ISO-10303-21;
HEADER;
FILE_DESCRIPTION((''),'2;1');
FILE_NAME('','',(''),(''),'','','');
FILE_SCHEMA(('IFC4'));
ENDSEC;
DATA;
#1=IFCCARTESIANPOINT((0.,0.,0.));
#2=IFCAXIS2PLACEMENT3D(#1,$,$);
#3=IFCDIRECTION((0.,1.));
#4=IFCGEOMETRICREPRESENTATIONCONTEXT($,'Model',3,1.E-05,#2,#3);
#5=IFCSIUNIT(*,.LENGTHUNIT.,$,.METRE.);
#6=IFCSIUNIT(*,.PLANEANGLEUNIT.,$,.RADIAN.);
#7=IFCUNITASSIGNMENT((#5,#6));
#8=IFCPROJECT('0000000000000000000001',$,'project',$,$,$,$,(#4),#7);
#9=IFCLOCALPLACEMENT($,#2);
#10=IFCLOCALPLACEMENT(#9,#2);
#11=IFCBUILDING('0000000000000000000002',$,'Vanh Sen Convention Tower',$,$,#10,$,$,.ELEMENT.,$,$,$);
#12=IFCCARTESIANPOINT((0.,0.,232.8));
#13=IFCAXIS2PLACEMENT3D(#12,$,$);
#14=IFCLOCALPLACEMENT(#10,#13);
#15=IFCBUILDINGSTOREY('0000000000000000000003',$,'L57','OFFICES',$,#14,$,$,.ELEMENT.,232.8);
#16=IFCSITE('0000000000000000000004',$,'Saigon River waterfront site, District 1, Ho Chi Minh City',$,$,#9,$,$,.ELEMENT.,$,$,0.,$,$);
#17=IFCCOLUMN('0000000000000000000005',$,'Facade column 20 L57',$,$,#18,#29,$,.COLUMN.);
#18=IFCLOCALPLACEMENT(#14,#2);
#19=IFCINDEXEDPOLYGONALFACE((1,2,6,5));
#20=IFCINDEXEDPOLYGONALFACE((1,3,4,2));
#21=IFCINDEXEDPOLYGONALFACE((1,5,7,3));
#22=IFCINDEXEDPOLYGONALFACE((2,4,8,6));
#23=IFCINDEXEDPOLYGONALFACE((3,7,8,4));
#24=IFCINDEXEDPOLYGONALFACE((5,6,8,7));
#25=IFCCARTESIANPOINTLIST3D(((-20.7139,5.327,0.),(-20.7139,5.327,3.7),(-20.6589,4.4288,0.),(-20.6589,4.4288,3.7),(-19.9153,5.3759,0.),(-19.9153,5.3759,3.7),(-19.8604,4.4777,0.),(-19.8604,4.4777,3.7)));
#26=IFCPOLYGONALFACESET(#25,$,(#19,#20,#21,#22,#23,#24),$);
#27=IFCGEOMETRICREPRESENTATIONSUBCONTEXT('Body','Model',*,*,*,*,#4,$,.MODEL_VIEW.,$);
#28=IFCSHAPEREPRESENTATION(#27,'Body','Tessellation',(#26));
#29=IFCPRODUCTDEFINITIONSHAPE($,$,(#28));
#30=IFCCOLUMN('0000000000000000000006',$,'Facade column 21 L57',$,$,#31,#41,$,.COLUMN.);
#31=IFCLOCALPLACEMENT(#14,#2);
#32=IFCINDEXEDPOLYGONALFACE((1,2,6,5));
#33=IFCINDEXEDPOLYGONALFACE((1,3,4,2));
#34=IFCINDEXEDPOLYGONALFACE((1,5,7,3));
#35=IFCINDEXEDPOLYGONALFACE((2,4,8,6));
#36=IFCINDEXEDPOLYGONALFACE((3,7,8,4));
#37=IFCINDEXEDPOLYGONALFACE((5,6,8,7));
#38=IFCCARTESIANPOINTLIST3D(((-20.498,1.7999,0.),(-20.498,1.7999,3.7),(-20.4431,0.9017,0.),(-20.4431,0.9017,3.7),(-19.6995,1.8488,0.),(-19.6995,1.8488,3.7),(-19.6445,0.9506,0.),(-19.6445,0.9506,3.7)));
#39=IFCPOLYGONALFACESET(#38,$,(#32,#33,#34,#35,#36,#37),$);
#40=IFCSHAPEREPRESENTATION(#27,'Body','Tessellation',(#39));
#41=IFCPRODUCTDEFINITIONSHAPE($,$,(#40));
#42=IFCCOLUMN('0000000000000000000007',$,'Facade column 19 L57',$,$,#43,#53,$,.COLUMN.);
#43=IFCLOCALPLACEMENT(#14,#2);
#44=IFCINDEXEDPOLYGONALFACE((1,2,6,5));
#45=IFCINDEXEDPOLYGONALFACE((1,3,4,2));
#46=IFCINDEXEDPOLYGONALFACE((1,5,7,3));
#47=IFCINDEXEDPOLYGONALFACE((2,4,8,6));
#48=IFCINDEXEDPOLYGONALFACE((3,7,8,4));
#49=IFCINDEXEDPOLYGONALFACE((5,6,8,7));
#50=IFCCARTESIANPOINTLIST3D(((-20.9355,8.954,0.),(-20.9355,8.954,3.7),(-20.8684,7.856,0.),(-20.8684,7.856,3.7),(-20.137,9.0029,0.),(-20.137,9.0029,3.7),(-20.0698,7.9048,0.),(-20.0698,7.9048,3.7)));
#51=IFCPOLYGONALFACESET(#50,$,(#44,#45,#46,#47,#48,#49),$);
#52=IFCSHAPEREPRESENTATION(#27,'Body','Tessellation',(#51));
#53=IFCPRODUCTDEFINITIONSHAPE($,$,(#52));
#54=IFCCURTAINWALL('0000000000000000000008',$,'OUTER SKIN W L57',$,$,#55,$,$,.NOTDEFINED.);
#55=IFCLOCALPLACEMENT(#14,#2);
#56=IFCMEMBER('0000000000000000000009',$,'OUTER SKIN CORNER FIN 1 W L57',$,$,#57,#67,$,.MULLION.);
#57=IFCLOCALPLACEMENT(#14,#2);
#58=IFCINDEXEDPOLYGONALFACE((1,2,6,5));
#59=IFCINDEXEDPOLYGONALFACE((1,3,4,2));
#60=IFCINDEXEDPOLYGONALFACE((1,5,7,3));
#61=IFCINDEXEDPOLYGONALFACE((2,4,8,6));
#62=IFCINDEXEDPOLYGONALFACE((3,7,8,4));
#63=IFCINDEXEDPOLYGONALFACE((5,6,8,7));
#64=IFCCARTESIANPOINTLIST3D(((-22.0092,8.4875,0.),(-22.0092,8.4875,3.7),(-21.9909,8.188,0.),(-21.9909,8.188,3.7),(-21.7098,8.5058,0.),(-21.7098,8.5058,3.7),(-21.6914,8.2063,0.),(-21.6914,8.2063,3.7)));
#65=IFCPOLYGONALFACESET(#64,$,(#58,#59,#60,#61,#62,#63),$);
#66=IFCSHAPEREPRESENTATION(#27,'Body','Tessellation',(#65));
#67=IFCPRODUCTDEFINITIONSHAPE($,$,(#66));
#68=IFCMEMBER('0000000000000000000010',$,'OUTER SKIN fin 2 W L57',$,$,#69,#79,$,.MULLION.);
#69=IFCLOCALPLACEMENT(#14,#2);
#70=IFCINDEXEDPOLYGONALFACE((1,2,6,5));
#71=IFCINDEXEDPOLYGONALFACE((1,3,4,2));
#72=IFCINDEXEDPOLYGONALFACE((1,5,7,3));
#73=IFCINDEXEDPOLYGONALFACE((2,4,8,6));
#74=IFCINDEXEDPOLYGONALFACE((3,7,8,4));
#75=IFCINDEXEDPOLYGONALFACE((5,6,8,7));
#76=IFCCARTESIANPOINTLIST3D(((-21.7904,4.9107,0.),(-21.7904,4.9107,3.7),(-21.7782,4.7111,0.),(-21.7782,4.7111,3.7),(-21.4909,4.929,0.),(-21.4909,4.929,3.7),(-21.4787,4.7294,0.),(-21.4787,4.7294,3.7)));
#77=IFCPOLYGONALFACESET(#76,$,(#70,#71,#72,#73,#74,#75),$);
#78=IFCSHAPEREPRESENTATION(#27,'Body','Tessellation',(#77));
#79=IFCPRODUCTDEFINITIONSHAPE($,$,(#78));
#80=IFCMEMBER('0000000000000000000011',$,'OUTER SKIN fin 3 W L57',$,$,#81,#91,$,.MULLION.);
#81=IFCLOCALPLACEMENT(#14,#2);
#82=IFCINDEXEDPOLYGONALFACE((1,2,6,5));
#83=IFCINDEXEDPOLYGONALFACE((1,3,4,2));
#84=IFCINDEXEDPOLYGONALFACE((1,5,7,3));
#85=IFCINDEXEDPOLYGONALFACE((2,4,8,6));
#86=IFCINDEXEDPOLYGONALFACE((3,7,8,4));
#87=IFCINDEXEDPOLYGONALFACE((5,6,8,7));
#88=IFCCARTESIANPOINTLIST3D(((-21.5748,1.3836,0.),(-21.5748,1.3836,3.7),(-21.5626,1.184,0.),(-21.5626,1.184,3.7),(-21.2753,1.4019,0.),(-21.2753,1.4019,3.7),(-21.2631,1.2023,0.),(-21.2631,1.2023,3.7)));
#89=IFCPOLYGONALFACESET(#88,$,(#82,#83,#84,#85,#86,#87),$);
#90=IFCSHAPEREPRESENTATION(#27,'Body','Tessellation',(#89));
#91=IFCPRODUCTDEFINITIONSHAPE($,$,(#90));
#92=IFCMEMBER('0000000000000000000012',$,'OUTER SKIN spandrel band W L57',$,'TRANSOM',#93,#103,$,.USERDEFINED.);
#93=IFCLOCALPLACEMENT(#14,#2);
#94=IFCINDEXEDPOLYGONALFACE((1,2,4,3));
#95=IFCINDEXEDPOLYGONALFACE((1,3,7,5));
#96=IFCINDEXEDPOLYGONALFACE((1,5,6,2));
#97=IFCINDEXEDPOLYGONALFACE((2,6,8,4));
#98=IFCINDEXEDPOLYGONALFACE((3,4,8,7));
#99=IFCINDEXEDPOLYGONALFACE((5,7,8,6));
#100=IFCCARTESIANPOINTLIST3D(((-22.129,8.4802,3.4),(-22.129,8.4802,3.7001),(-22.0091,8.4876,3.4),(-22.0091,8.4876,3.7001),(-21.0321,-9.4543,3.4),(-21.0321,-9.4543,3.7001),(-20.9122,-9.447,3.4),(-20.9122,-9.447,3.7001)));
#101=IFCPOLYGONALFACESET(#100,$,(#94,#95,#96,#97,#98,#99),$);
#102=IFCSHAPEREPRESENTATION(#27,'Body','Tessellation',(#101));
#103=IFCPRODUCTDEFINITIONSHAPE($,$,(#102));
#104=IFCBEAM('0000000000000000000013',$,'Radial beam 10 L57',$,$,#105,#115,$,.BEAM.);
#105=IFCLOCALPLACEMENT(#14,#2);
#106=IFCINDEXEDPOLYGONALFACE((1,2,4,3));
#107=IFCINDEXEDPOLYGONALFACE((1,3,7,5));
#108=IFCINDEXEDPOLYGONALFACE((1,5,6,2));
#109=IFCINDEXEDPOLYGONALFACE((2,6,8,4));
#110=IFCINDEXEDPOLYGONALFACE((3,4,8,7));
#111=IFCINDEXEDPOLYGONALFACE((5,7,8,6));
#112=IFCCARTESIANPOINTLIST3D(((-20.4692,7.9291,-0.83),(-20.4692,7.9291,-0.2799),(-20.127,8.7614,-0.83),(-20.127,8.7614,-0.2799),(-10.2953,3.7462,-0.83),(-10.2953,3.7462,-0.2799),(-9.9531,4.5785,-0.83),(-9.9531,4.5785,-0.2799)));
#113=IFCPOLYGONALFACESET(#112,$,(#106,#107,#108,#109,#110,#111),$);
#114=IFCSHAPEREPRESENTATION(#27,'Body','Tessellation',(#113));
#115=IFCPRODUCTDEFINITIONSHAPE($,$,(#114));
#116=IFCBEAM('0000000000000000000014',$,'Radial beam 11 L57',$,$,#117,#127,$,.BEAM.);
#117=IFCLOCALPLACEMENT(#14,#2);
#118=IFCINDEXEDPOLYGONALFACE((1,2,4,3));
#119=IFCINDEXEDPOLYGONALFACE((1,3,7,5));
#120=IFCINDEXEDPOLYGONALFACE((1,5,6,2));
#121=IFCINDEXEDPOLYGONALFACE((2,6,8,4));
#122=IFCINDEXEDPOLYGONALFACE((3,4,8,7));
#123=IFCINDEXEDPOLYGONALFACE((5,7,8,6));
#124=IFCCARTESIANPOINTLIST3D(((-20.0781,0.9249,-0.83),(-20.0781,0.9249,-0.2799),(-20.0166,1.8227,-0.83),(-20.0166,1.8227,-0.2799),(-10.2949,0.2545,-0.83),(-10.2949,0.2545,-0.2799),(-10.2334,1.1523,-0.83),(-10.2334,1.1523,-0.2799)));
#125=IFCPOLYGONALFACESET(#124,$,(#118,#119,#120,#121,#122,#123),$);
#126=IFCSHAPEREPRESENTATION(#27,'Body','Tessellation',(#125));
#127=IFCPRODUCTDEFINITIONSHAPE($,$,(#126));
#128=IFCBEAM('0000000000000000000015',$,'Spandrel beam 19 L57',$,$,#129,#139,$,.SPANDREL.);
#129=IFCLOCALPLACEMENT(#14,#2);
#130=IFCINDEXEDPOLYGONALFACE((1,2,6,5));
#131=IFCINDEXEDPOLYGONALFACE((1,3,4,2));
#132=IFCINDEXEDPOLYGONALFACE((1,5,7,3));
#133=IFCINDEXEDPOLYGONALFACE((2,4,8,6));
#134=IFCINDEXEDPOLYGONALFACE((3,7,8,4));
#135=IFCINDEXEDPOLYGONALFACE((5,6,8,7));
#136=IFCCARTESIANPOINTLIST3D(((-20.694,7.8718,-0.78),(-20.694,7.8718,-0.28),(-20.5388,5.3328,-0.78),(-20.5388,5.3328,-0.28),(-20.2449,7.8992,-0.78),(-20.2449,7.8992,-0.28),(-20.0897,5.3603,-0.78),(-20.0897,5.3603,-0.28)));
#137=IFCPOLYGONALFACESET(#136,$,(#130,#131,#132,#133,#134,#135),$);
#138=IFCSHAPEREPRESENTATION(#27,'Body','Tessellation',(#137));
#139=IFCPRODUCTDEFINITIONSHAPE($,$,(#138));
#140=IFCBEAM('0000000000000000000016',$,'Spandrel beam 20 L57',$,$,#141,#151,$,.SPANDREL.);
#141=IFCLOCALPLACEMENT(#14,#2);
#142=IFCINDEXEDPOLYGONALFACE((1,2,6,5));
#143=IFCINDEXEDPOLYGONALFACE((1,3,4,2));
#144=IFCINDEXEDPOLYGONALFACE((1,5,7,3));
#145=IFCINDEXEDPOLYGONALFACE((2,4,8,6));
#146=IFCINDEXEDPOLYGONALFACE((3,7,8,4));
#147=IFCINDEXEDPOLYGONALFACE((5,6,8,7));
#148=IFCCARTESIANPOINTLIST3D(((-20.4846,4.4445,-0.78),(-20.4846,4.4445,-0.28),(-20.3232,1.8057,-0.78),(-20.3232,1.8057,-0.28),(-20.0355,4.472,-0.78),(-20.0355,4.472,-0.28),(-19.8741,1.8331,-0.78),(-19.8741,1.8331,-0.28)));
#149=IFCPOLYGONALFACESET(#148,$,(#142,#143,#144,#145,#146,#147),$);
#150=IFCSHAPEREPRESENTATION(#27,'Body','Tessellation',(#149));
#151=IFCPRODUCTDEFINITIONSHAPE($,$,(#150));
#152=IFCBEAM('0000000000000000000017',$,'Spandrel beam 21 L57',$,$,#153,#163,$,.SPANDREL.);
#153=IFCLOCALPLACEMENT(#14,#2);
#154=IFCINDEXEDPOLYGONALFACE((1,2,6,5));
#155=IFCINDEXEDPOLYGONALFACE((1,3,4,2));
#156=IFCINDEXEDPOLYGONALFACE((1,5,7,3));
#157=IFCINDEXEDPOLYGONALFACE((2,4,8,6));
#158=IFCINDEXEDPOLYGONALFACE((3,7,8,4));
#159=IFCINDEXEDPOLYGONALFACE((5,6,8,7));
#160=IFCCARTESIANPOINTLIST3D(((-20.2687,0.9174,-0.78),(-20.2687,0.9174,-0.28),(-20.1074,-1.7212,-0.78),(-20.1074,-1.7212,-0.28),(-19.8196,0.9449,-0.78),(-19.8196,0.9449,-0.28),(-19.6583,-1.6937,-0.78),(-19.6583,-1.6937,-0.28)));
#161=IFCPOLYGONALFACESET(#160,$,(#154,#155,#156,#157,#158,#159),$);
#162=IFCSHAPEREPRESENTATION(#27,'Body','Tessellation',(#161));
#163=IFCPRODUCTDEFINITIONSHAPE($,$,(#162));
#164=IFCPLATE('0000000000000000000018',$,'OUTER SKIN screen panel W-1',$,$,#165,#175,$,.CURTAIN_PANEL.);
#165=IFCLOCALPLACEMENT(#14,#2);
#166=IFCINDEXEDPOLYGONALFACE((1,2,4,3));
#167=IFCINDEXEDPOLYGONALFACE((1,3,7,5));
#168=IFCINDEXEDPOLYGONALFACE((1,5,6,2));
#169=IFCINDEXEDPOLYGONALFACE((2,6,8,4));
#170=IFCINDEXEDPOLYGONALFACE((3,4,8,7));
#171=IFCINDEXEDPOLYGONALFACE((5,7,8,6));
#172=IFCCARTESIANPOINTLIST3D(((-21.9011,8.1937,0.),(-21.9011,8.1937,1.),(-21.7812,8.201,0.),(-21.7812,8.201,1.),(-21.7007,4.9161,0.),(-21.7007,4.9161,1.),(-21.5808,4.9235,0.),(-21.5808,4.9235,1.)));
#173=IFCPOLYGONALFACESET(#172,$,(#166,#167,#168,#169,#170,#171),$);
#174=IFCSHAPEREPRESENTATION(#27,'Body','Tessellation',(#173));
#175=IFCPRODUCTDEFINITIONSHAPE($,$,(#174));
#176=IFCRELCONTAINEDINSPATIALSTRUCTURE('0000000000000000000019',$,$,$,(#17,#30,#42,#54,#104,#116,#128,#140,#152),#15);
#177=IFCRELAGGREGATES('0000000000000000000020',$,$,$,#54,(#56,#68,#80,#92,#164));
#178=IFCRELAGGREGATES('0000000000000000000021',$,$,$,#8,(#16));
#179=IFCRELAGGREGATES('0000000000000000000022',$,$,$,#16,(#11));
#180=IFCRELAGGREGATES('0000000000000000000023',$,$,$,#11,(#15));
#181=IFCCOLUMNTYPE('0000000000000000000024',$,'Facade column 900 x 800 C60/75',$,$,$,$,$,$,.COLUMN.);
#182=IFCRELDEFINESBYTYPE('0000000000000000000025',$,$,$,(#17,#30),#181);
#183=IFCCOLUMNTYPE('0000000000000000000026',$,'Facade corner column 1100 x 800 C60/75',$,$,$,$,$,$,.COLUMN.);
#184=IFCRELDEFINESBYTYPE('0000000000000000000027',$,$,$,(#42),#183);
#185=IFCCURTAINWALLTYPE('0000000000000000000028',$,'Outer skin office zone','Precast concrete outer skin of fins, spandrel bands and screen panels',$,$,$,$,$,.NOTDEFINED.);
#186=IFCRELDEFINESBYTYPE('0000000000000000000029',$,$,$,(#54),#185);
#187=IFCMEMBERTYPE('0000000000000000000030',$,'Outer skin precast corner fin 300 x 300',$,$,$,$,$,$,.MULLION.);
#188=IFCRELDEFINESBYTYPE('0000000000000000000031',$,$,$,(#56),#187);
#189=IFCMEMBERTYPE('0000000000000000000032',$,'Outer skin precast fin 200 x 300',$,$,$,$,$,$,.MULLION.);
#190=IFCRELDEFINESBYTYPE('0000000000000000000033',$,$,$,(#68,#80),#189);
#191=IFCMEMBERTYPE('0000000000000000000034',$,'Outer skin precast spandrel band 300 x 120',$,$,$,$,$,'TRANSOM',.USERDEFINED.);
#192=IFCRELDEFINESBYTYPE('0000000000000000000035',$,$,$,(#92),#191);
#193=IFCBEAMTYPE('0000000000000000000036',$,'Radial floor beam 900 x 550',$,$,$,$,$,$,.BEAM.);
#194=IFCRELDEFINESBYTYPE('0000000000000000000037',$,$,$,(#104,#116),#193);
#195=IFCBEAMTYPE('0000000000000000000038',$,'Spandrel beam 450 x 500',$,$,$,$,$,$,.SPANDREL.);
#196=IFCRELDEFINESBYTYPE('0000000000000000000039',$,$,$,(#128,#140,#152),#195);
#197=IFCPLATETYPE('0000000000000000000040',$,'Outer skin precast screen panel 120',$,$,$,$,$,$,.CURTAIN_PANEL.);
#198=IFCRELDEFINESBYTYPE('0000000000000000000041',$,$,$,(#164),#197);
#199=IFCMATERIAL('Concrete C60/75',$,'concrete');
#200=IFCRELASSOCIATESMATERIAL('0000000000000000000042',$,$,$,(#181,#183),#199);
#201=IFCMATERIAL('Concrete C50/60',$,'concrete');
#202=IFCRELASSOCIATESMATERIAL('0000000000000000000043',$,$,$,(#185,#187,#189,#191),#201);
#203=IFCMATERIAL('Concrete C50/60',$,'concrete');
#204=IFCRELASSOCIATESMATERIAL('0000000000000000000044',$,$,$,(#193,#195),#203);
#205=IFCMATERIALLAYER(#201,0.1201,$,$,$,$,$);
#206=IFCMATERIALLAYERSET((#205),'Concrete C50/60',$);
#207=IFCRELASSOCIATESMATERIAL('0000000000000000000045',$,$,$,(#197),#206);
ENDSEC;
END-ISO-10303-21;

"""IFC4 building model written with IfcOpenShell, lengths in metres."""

from ifc_helpers import new_model, si_unit, direction, frame, origin, origin_2d, place, context, subcontext, project, spatial, rectangle, extrude, material, layer, layer_set, material_profile, profile_set, type_object, element, aggregate, save


model = new_model("IFC4")

# Units and contexts
model_context = context("Model", 3, precision=1e-05, world=origin(), true_north=direction((0.0, 1.0)))
body_context = subcontext(model_context, "Body", "Model", "MODEL_VIEW")
ifc_project = project(units=[si_unit("LENGTHUNIT", "METRE"), si_unit("PLANEANGLEUNIT", "RADIAN")], contexts=[model_context])

# Site, building, storey
site_placement = place(None, origin())
site = spatial("IfcSite", under=ifc_project, at=site_placement, Name="Saigon River waterfront site, District 1, Ho Chi Minh City", CompositionType="ELEMENT", RefElevation=0.0)
building_placement = place(site_placement, origin())
building = spatial("IfcBuilding", under=site, at=building_placement, Name="Vanh Sen Convention Tower", CompositionType="ELEMENT")
storey_placement = place(building_placement, frame((0.0, 0.0, 232.8)))
storey = spatial("IfcBuildingStorey", under=building, at=storey_placement, Name="L57", Description="OFFICES", CompositionType="ELEMENT", Elevation=232.8)

# Columns
ifc_material_1 = material(Name="Concrete C60/75", Category="concrete")
ifc_material_profile_1 = material_profile(ifc_material_1, rectangle(XDim=0.8999, YDim=0.8, at=origin_2d()), Name="RC 900X800")
ifc_profile_set_1 = profile_set([ifc_material_profile_1], Name="Concrete C60/75")
column_type_1 = type_object("IfcColumnType", Name="Facade column 900 x 800 C60/75", PredefinedType="COLUMN", material=ifc_profile_set_1)
for number, where, z_axis, x_axis, name in (
    (1, (-20.2871, 4.9023, 0.0), (0.0, 0.0, 1.0), (0.061049, -0.998135, 0.0), "Facade column 20 L57"),
    (2, (-20.0713, 1.3752, 0.0), (0.0, 0.0, 1.0), (0.061049, -0.998135, 0.0), "Facade column 21 L57"),
):
    element("IfcColumn", number, at=place(storey_placement, frame(where, z_axis=z_axis, x_axis=x_axis)), inside=storey, type_object=column_type_1, Name=name, PredefinedType="COLUMN", context=body_context, shape_type="SweptSolid", body=[
        extrude(rectangle(XDim=0.8999, YDim=0.8, at=origin_2d()), origin(), (0.0, 0.0, 1.0), 3.7),
    ])
ifc_material_profile_2 = material_profile(ifc_material_1, rectangle(XDim=1.1001, YDim=0.8, at=origin_2d()), Name="RC 1100X800")
ifc_profile_set_2 = profile_set([ifc_material_profile_2], Name="Concrete C60/75")
column_type_2 = type_object("IfcColumnType", Name="Facade corner column 1100 x 800 C60/75", PredefinedType="COLUMN", material=ifc_profile_set_2)
column_placement = place(storey_placement, frame((-20.5027, 8.4294, 0.0), z_axis=(0.0, 0.0, 1.0), x_axis=(0.061049, -0.998135, 0.0)))
element("IfcColumn", 3, at=column_placement, inside=storey, type_object=column_type_2, Name="Facade column 19 L57", PredefinedType="COLUMN", context=body_context, shape_type="SweptSolid", body=[
    extrude(rectangle(XDim=1.1001, YDim=0.8, at=origin_2d()), origin(), (0.0, 0.0, 1.0), 3.7),
])

# Curtain wall, members
ifc_material_2 = material(Name="Concrete C50/60", Category="concrete")
curtain_wall_type = type_object("IfcCurtainWallType", Name="Outer skin office zone", Description="Precast concrete outer skin of fins, spandrel bands and screen panels", PredefinedType="NOTDEFINED", material=ifc_material_2)
curtain_wall_placement = place(storey_placement, origin())
curtain_wall = element("IfcCurtainWall", 4, at=curtain_wall_placement, inside=storey, type_object=curtain_wall_type, Name="OUTER SKIN W L57", PredefinedType="NOTDEFINED")
ifc_material_profile_3 = material_profile(ifc_material_2, rectangle(XDim=0.3, YDim=0.3, at=origin_2d()), Name="Outer skin precast corner fin 300 x 300")
ifc_profile_set_3 = profile_set([ifc_material_profile_3], Name="Concrete C50/60")
member_type_1 = type_object("IfcMemberType", Name="Outer skin precast corner fin 300 x 300", PredefinedType="MULLION", material=ifc_profile_set_3)
member_1_placement = place(storey_placement, frame((-21.8503, 8.3469, 0.0), z_axis=(0.0, 0.0, 1.0), x_axis=(0.061049, -0.998135, 0.0)))
member_1 = element("IfcMember", 5, at=member_1_placement, type_object=member_type_1, Name="OUTER SKIN CORNER FIN 1 W L57", PredefinedType="MULLION", context=body_context, shape_type="SweptSolid", body=[
    extrude(rectangle(XDim=0.3, YDim=0.3, at=origin_2d()), origin(), (0.0, 0.0, 1.0), 3.7),
])
ifc_material_profile_4 = material_profile(ifc_material_2, rectangle(XDim=0.2, YDim=0.3, at=origin_2d()), Name="Outer skin precast fin 200 x 300")
ifc_profile_set_4 = profile_set([ifc_material_profile_4], Name="Concrete C50/60")
member_type_2 = type_object("IfcMemberType", Name="Outer skin precast fin 200 x 300", PredefinedType="MULLION", material=ifc_profile_set_4)
member_2_placement = place(storey_placement, frame((-21.6345, 4.8201, 0.0), z_axis=(0.0, 0.0, 1.0), x_axis=(0.061049, -0.998135, 0.0)))
member_2 = element("IfcMember", 6, at=member_2_placement, type_object=member_type_2, Name="OUTER SKIN fin 2 W L57", PredefinedType="MULLION", context=body_context, shape_type="SweptSolid", body=[
    extrude(rectangle(XDim=0.2, YDim=0.3, at=origin_2d()), origin(), (0.0, 0.0, 1.0), 3.7),
])
member_3_placement = place(storey_placement, frame((-21.4189, 1.293, 0.0), z_axis=(0.0, 0.0, 1.0), x_axis=(0.061049, -0.998135, 0.0)))
member_3 = element("IfcMember", 7, at=member_3_placement, type_object=member_type_2, Name="OUTER SKIN fin 3 W L57", PredefinedType="MULLION", context=body_context, shape_type="SweptSolid", body=[
    extrude(rectangle(XDim=0.2, YDim=0.3, at=origin_2d()), origin(), (0.0, 0.0, 1.0), 3.7),
])
ifc_material_profile_5 = material_profile(ifc_material_2, rectangle(XDim=0.1201, YDim=0.3, at=origin_2d()), Name="Outer skin precast spandrel band 300 x 120")
ifc_profile_set_5 = profile_set([ifc_material_profile_5], Name="Concrete C50/60")
member_type_3 = type_object("IfcMemberType", Name="Outer skin precast spandrel band 300 x 120", ElementType="TRANSOM", PredefinedType="USERDEFINED", material=ifc_profile_set_5)
member_4_placement = place(storey_placement, frame((-22.0691, 8.4839, 3.55), z_axis=(0.061048, -0.998135, 0.0), x_axis=(0.998135, 0.061048, 0.0)))
member_4 = element("IfcMember", 8, at=member_4_placement, type_object=member_type_3, Name="OUTER SKIN spandrel band W L57", ObjectType="TRANSOM", PredefinedType="USERDEFINED", context=body_context, shape_type="SweptSolid", body=[
    extrude(rectangle(XDim=0.1201, YDim=0.3, at=origin_2d()), origin(), (0.0, 0.0, 1.0), 17.968),
])

# Beams
ifc_material_3 = material(Name="Concrete C50/60", Category="concrete")
ifc_material_profile_6 = material_profile(ifc_material_3, rectangle(XDim=0.8999, YDim=0.55, at=origin_2d()), Name="RC 900X550")
ifc_profile_set_6 = profile_set([ifc_material_profile_6], Name="Concrete C50/60")
beam_type_1 = type_object("IfcBeamType", Name="Radial floor beam 900 x 550", PredefinedType="BEAM", material=ifc_profile_set_6)
beam_1_placement = place(storey_placement, frame((-20.2981, 8.3452, -0.5549), z_axis=(0.924882, -0.380255, 0.0), x_axis=(0.380255, 0.924882, 0.0)))
element("IfcBeam", 9, at=beam_1_placement, inside=storey, type_object=beam_type_1, Name="Radial beam 10 L57", PredefinedType="BEAM", context=body_context, shape_type="SweptSolid", body=[
    extrude(rectangle(XDim=0.8999, YDim=0.55, at=origin_2d()), origin(), (0.0, 0.0, 1.0), 11.0002),
])
beam_2_placement = place(storey_placement, frame((-20.0474, 1.3738, -0.5549), z_axis=(0.99766, -0.068366, 0.0), x_axis=(0.068366, 0.99766, 0.0)))
element("IfcBeam", 10, at=beam_2_placement, inside=storey, type_object=beam_type_1, Name="Radial beam 11 L57", PredefinedType="BEAM", context=body_context, shape_type="SweptSolid", body=[
    extrude(rectangle(XDim=0.8999, YDim=0.55, at=origin_2d()), origin(), (0.0, 0.0, 1.0), 9.8062),
])
ifc_material_profile_7 = material_profile(ifc_material_3, rectangle(XDim=0.45, YDim=0.5, at=origin_2d()), Name="RC 450X500")
ifc_profile_set_7 = profile_set([ifc_material_profile_7], Name="Concrete C50/60")
beam_type_2 = type_object("IfcBeamType", Name="Spandrel beam 450 x 500", PredefinedType="SPANDREL", material=ifc_profile_set_7)
beam_3_placement = place(storey_placement, frame((-20.4695, 7.8855, -0.53), z_axis=(0.06104, -0.998135, 0.0), x_axis=(0.998135, 0.06104, 0.0)))
element("IfcBeam", 11, at=beam_3_placement, inside=storey, type_object=beam_type_2, Name="Spandrel beam 19 L57", PredefinedType="SPANDREL", context=body_context, shape_type="SweptSolid", body=[
    extrude(rectangle(XDim=0.45, YDim=0.5, at=origin_2d()), origin(), (0.0, 0.0, 1.0), 2.5437),
])
beam_4_placement = place(storey_placement, frame((-20.26, 4.4583, -0.53), z_axis=(0.061039, -0.998135, 0.0), x_axis=(0.998135, 0.061039, 0.0)))
element("IfcBeam", 12, at=beam_4_placement, inside=storey, type_object=beam_type_2, Name="Spandrel beam 20 L57", PredefinedType="SPANDREL", context=body_context, shape_type="SweptSolid", body=[
    extrude(rectangle(XDim=0.45, YDim=0.5, at=origin_2d()), origin(), (0.0, 0.0, 1.0), 2.6438),
])
beam_5_placement = place(storey_placement, frame((-20.0442, 0.9312, -0.53), z_axis=(0.061044, -0.998135, 0.0), x_axis=(0.998135, 0.061044, 0.0)))
element("IfcBeam", 13, at=beam_5_placement, inside=storey, type_object=beam_type_2, Name="Spandrel beam 21 L57", PredefinedType="SPANDREL", context=body_context, shape_type="SweptSolid", body=[
    extrude(rectangle(XDim=0.45, YDim=0.5, at=origin_2d()), origin(), (0.0, 0.0, 1.0), 2.6436),
])

# Plate
ifc_layer_1 = layer(ifc_material_2, 0.1201)
ifc_layer_set_1 = layer_set([ifc_layer_1], Name="Concrete C50/60")
plate_type = type_object("IfcPlateType", Name="Outer skin precast screen panel 120", PredefinedType="CURTAIN_PANEL", material=ifc_layer_set_1)
plate_1_placement = place(storey_placement, frame((-21.741, 6.5586, 0.0), z_axis=(0.0, 0.0, 1.0), x_axis=(0.061043, -0.998135, 0.0)))
plate_1 = element("IfcPlate", 14, at=plate_1_placement, type_object=plate_type, Name="OUTER SKIN screen panel W-1", PredefinedType="CURTAIN_PANEL", context=body_context, shape_type="SweptSolid", body=[
    extrude(rectangle(XDim=3.2837, YDim=0.1201, at=origin_2d()), origin(), (0.0, 0.0, 1.0), 1.0),
])
aggregate(curtain_wall, [member_1, member_2, member_3, member_4, plate_1])

save(model, "model.ifc")
